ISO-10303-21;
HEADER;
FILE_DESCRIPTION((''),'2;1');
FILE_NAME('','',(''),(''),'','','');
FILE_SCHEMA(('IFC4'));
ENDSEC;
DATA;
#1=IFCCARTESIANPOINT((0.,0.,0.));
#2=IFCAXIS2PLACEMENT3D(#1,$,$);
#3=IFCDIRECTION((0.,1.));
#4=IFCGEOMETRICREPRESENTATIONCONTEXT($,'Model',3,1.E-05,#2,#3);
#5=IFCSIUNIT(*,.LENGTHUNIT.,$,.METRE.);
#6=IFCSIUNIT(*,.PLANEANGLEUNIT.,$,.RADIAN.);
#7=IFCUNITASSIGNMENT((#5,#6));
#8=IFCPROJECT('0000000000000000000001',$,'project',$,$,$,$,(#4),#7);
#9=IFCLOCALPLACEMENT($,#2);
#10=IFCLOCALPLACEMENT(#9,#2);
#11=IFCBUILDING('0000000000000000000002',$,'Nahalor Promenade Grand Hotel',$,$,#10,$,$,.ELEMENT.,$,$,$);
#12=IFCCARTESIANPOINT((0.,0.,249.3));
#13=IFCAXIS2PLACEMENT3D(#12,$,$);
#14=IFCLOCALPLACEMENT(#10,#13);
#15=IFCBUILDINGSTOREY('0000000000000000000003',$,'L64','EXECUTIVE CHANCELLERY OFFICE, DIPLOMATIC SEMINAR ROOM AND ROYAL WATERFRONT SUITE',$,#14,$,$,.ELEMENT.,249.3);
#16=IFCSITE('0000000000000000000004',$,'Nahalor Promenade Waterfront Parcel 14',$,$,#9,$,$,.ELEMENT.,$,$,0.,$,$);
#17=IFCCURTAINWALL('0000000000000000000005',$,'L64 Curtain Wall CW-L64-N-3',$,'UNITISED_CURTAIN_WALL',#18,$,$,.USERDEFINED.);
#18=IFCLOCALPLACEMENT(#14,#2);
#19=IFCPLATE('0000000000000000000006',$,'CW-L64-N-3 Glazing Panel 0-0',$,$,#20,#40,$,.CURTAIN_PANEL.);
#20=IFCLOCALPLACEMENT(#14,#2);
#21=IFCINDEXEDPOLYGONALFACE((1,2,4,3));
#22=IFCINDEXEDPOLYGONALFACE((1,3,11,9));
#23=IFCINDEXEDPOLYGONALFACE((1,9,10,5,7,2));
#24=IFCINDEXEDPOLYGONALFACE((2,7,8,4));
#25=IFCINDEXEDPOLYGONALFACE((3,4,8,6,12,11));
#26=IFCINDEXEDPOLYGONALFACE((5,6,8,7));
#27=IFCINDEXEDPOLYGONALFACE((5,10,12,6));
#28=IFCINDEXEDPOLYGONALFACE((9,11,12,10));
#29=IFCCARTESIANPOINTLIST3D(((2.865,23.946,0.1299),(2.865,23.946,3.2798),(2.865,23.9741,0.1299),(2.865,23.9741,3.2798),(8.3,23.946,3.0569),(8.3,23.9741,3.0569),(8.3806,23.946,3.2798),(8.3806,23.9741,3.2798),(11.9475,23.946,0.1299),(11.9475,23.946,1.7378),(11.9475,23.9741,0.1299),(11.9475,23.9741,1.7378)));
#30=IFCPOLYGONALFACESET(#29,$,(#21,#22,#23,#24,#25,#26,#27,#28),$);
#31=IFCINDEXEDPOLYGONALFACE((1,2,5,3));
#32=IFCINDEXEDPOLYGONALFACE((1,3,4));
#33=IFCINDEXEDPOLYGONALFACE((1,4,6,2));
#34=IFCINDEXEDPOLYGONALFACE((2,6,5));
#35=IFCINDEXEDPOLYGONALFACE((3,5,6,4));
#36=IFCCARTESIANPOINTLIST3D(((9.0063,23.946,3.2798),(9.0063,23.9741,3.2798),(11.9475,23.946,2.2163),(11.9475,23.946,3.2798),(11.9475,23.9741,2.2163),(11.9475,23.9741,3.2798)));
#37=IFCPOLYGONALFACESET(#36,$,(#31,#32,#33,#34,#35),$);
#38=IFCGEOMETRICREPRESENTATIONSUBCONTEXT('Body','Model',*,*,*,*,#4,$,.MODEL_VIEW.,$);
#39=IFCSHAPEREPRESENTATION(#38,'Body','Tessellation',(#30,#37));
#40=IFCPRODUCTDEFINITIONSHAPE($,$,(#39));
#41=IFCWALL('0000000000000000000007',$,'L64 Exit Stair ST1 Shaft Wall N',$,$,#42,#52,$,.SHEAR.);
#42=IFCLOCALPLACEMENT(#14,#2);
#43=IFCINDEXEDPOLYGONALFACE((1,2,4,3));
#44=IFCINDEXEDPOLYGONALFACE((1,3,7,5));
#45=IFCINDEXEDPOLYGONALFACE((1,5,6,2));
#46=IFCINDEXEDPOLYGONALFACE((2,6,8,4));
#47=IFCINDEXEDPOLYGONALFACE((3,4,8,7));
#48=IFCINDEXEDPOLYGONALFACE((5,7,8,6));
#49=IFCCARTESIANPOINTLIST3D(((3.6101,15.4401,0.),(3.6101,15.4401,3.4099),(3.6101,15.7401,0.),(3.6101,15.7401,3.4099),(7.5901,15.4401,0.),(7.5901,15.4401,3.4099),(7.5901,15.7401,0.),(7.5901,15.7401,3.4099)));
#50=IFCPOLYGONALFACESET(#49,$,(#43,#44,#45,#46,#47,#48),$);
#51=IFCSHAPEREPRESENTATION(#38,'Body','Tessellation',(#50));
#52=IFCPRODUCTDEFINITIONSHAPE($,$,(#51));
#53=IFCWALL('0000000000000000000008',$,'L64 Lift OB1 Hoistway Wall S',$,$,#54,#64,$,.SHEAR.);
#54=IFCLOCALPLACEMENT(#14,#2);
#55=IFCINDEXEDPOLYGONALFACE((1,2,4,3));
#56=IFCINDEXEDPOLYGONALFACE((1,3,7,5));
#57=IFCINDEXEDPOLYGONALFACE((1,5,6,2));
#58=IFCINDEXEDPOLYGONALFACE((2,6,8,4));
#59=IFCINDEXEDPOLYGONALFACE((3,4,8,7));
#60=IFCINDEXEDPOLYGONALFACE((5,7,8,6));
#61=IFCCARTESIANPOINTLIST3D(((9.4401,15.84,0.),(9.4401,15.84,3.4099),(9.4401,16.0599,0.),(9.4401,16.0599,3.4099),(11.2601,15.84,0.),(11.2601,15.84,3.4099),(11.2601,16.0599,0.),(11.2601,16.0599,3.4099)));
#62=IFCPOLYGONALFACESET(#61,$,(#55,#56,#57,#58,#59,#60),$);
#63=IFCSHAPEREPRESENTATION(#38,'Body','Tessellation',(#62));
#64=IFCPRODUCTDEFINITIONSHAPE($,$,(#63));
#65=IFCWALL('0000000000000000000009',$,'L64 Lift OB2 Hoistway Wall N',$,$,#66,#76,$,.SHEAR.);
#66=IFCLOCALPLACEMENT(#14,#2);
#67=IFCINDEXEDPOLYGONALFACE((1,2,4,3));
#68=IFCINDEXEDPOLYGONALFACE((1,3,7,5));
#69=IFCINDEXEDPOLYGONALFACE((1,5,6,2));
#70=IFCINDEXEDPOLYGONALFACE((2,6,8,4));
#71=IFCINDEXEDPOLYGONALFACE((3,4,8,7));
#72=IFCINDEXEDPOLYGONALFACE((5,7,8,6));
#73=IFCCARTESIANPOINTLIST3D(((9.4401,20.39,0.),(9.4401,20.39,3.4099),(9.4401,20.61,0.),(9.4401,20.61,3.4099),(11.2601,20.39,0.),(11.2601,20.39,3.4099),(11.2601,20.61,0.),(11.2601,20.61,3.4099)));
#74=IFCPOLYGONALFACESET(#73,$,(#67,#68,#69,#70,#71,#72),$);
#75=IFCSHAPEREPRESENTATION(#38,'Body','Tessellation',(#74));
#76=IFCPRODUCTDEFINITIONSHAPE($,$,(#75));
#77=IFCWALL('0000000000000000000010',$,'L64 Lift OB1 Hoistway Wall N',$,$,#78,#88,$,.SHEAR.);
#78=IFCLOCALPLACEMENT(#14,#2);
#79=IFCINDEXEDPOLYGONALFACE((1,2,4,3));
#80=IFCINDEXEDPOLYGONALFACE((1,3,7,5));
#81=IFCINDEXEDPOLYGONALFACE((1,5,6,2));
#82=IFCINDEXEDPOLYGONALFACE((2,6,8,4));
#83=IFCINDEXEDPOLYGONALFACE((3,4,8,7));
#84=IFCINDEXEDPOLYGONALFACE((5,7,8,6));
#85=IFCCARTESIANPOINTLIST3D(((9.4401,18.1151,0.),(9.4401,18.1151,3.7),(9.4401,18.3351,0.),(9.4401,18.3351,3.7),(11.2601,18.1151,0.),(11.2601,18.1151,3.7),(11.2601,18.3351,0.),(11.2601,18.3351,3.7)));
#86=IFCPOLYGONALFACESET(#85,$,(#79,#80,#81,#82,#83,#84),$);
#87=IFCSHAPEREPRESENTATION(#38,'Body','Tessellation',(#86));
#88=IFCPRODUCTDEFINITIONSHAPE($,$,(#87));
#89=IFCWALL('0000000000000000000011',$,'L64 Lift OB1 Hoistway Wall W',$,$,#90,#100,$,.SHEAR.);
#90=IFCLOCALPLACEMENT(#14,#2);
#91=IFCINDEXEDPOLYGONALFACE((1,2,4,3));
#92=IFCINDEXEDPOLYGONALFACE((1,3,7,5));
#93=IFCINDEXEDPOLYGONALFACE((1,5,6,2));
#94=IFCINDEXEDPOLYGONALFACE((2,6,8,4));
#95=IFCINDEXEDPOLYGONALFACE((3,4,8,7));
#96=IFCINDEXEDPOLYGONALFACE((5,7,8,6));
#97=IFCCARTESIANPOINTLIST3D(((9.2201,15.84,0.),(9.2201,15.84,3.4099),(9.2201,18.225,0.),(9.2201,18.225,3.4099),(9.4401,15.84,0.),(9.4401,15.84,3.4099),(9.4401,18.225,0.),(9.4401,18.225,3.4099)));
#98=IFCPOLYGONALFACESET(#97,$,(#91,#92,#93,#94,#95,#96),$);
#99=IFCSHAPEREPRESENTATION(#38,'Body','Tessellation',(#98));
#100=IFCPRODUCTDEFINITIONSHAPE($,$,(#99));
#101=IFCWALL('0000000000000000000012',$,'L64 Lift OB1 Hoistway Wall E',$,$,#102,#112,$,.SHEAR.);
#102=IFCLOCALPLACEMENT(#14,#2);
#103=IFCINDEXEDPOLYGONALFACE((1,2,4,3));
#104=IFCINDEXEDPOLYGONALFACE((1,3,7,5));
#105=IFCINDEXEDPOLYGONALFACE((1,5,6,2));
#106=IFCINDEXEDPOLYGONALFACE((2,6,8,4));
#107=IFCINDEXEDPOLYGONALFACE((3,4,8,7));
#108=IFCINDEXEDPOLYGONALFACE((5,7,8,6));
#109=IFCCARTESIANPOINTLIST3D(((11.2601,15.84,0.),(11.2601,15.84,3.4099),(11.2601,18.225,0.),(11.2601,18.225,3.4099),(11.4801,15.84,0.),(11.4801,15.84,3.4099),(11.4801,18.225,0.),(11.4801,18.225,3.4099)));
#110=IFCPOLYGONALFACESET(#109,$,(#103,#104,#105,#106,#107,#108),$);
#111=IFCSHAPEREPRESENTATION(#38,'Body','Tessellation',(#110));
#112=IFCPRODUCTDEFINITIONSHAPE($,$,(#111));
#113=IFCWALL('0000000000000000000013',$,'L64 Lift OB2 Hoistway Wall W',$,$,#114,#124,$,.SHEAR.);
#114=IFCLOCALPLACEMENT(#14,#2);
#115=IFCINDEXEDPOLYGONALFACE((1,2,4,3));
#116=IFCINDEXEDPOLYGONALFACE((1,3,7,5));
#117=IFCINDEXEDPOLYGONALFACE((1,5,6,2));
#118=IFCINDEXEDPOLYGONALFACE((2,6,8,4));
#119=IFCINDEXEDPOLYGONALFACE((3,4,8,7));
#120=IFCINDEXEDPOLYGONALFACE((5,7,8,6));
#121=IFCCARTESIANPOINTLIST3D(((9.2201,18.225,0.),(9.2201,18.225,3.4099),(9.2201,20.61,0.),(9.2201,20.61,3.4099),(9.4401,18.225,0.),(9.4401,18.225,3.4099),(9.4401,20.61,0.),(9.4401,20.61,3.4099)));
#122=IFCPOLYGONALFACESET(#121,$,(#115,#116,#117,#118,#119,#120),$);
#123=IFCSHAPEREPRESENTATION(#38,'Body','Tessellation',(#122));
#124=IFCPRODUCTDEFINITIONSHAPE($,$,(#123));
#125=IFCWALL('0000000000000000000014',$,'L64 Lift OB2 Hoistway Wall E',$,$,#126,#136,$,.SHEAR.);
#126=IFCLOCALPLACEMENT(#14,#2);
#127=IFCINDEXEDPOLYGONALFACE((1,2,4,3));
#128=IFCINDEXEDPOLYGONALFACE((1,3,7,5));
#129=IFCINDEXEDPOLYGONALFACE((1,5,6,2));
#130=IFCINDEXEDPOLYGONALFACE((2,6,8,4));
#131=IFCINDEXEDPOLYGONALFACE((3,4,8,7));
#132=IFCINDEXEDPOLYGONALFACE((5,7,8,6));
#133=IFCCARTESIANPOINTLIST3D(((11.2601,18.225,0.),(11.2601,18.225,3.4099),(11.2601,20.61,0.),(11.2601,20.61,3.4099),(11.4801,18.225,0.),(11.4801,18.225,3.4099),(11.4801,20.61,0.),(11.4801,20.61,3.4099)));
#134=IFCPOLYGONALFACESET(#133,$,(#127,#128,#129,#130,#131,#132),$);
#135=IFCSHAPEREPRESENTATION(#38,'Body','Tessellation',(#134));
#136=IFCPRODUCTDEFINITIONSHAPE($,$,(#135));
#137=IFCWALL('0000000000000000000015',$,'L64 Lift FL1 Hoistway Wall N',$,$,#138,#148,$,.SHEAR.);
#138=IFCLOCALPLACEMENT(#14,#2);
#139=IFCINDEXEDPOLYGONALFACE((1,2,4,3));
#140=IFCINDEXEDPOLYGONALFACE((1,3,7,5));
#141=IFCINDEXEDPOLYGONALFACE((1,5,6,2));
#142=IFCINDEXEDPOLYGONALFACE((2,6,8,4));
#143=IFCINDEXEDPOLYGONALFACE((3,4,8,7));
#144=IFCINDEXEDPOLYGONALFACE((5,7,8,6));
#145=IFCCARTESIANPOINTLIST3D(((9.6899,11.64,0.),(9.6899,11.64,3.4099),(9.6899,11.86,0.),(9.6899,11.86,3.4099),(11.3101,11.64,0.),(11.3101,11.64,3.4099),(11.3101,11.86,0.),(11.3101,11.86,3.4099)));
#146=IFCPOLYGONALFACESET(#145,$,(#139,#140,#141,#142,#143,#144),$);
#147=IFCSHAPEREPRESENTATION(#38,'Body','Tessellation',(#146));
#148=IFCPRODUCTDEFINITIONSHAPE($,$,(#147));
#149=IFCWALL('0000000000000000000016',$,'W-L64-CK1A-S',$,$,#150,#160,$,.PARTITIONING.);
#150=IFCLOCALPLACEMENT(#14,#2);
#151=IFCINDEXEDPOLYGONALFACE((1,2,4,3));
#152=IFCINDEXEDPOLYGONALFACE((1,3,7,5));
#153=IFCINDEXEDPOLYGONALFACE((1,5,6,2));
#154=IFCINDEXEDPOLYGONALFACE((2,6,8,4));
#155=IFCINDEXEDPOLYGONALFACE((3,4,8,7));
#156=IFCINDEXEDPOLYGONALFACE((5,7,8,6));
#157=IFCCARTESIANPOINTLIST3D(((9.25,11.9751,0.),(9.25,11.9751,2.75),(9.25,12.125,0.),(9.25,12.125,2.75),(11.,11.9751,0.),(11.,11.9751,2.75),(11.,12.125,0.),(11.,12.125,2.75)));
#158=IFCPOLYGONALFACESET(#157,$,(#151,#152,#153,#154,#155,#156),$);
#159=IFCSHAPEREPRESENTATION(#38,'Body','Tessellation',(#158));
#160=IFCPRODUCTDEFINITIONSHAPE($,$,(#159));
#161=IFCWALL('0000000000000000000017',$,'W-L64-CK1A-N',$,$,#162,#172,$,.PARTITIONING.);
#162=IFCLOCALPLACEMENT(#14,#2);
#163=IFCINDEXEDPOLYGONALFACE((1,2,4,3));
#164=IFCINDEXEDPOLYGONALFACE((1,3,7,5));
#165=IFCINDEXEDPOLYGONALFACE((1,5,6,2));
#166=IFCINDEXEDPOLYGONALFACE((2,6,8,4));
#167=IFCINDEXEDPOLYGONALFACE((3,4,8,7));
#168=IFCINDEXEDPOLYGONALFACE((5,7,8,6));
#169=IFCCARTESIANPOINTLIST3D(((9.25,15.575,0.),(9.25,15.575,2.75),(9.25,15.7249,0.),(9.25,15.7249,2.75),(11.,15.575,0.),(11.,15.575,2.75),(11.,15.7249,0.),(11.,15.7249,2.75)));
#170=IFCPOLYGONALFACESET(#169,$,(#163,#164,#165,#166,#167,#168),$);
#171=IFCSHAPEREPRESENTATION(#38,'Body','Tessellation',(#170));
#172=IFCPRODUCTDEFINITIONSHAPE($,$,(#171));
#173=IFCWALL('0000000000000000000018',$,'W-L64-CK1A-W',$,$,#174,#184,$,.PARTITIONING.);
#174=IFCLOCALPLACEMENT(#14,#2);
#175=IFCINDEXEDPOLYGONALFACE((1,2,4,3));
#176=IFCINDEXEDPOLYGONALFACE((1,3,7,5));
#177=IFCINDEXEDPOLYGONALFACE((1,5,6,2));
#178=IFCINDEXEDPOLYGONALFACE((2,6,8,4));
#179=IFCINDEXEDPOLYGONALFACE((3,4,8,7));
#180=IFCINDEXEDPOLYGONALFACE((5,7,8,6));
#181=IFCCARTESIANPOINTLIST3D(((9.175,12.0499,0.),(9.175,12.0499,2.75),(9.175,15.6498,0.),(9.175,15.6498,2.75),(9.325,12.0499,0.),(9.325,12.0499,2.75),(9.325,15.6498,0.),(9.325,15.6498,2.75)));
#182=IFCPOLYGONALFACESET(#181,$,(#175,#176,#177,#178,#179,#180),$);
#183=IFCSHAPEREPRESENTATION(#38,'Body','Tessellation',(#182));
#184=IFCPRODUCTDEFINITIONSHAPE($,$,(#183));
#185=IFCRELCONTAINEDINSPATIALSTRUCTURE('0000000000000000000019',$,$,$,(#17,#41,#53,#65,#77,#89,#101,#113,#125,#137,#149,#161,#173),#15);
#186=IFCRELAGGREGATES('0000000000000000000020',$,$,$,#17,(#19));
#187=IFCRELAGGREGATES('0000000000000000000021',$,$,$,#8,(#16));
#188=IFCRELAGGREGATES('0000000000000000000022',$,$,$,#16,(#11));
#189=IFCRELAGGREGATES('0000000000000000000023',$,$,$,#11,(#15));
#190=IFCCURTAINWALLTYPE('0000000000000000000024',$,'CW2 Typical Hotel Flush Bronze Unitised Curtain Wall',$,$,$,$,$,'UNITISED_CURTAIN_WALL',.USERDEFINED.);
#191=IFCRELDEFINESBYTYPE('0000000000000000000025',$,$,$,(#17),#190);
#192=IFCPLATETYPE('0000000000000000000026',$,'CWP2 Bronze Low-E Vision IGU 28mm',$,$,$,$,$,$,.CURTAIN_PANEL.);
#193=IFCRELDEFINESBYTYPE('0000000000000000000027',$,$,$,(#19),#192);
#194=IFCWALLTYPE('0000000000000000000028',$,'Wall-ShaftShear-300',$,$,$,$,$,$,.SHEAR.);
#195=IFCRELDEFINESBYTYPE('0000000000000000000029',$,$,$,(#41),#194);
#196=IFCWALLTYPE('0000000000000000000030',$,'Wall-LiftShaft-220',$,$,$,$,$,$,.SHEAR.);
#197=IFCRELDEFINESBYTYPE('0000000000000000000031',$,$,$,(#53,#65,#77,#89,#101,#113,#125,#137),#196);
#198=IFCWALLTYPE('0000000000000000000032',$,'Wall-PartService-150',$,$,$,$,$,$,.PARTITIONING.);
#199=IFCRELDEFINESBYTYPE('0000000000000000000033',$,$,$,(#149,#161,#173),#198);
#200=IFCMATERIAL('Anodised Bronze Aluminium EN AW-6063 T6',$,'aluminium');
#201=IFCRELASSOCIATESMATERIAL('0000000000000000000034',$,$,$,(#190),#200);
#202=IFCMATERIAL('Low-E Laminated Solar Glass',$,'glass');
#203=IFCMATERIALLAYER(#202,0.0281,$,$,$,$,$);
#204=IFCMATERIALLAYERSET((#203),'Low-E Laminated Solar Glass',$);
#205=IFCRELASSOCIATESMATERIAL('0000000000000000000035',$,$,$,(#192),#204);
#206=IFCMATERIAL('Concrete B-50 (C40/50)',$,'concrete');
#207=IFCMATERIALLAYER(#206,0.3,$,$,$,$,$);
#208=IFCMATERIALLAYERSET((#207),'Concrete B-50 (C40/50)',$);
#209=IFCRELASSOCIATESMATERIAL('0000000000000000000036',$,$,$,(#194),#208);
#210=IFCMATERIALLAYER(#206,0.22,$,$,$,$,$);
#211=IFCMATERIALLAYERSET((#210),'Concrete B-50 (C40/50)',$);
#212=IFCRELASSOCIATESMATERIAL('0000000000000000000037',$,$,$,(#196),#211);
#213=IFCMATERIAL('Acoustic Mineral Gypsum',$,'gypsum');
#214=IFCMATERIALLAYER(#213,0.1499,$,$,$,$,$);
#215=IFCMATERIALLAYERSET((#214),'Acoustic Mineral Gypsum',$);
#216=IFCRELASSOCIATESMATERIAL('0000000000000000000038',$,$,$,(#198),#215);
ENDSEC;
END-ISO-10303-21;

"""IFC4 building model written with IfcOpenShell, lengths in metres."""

from ifc_helpers import new_model, si_unit, direction, frame, frame_2d, origin, place, context, subcontext, project, spatial, polyline, rectangle, outline, extrude, source, transform, mapped, material, layer, layer_set, type_object, element, aggregate, save


model = new_model("IFC4")

# Units and contexts
model_context = context("Model", 3, precision=1e-05, world=origin(), true_north=direction((0.0, 1.0)))
body_context = subcontext(model_context, "Body", "Model", "MODEL_VIEW")
ifc_project = project(units=[si_unit("LENGTHUNIT", "METRE"), si_unit("PLANEANGLEUNIT", "RADIAN")], contexts=[model_context])

# Site, building, storey
site_placement = place(None, origin())
site = spatial("IfcSite", under=ifc_project, at=site_placement, Name="Nahalor Promenade Waterfront Parcel 14", CompositionType="ELEMENT", RefElevation=0.0)
building_placement = place(site_placement, origin())
building = spatial("IfcBuilding", under=site, at=building_placement, Name="Nahalor Promenade Grand Hotel", CompositionType="ELEMENT")
storey_placement = place(building_placement, frame((0.0, 0.0, 249.3)))
storey = spatial("IfcBuildingStorey", under=building, at=storey_placement, Name="L64", Description="EXECUTIVE CHANCELLERY OFFICE, DIPLOMATIC SEMINAR ROOM AND ROYAL WATERFRONT SUITE", CompositionType="ELEMENT", Elevation=249.3)

# Curtain wall, plate
ifc_material_1 = material(Name="Anodised Bronze Aluminium EN AW-6063 T6", Category="aluminium")
curtain_wall_type = type_object("IfcCurtainWallType", Name="CW2 Typical Hotel Flush Bronze Unitised Curtain Wall", ElementType="UNITISED_CURTAIN_WALL", PredefinedType="USERDEFINED", material=ifc_material_1)
curtain_wall_placement = place(storey_placement, origin())
curtain_wall = element("IfcCurtainWall", 1, at=curtain_wall_placement, inside=storey, type_object=curtain_wall_type, Name="L64 Curtain Wall CW-L64-N-3", ObjectType="UNITISED_CURTAIN_WALL", PredefinedType="USERDEFINED")
ifc_material_2 = material(Name="Low-E Laminated Solar Glass", Category="glass")
ifc_layer_1 = layer(ifc_material_2, 0.0281)
ifc_layer_set_1 = layer_set([ifc_layer_1], Name="Low-E Laminated Solar Glass")
plate_type = type_object("IfcPlateType", Name="CWP2 Bronze Low-E Vision IGU 28mm", PredefinedType="CURTAIN_PANEL", material=ifc_layer_set_1)
plate_placement = place(storey_placement, frame((7.4062, 23.96, 0.1299), z_axis=(0.0, 0.0, 1.0), x_axis=(1.0, 0.0, 0.0)))
plate = element("IfcPlate", 2, at=plate_placement, type_object=plate_type, Name="CW-L64-N-3 Glazing Panel 0-0", PredefinedType="CURTAIN_PANEL", context=body_context, shape_type="SweptSolid", body=[
    extrude(outline(polyline([(-4.5413, 0.0), (4.5413, 0.0), (4.5413, 1.6079), (0.8938, 2.927), (0.9744, 3.1499), (-4.5413, 3.1499), (-4.5413, 0.0)])), frame((0.0, 0.0142, 0.0), z_axis=(0.0, -1.0, 0.0), x_axis=(1.0, 0.0, 0.0)), (0.0, 0.0, 1.0), 0.0281),
    extrude(outline(polyline([(4.5413, 2.0864), (4.5413, 3.1499), (1.6001, 3.1499), (4.5413, 2.0864)])), frame((0.0, 0.0142, 0.0), z_axis=(0.0, -1.0, 0.0), x_axis=(1.0, 0.0, 0.0)), (0.0, 0.0, 1.0), 0.0281),
])
aggregate(curtain_wall, [plate])

# Walls
ifc_material_3 = material(Name="Concrete B-50 (C40/50)", Category="concrete")
ifc_layer_2 = layer(ifc_material_3, 0.3)
ifc_layer_set_2 = layer_set([ifc_layer_2], Name="Concrete B-50 (C40/50)")
wall_type_1 = type_object("IfcWallType", Name="Wall-ShaftShear-300", PredefinedType="SHEAR", material=ifc_layer_set_2)
shared_shape_1 = source(origin(), body_context, "Body", "SweptSolid", [
    extrude(rectangle(XDim=3.98, YDim=0.3, at=frame_2d((1.99, 0.0))), origin(), (0.0, 0.0, 1.0), 3.4099),
])
wall_1_placement = place(storey_placement, frame((3.6101, 15.5901, 0.0), z_axis=(0.0, 0.0, 1.0), x_axis=(1.0, 0.0, 0.0)))
element("IfcWall", 3, at=wall_1_placement, inside=storey, type_object=wall_type_1, Name="L64 Exit Stair ST1 Shaft Wall N", PredefinedType="SHEAR", context=body_context, shape_type="MappedRepresentation", body=[
    mapped(shared_shape_1, transform((0.0, 0.0, 0.0), scale=1.0)),
])
ifc_layer_3 = layer(ifc_material_3, 0.22)
ifc_layer_set_3 = layer_set([ifc_layer_3], Name="Concrete B-50 (C40/50)")
wall_type_2 = type_object("IfcWallType", Name="Wall-LiftShaft-220", PredefinedType="SHEAR", material=ifc_layer_set_3)
shared_shape_2 = source(origin(), body_context, "Body", "SweptSolid", [
    extrude(rectangle(XDim=1.8201, YDim=0.22, at=frame_2d((0.9102, 0.0))), origin(), (0.0, 0.0, 1.0), 3.4099),
])
for number, where, z_axis, x_axis, name in (
    (4, (9.4399, 15.95, 0.0), (0.0, 0.0, 1.0), (1.0, 0.0, 0.0), "L64 Lift OB1 Hoistway Wall S"),
    (5, (9.4399, 20.5, 0.0), (0.0, 0.0, 1.0), (1.0, 0.0, 0.0), "L64 Lift OB2 Hoistway Wall N"),
):
    element("IfcWall", number, at=place(storey_placement, frame(where, z_axis=z_axis, x_axis=x_axis)), inside=storey, type_object=wall_type_2, Name=name, PredefinedType="SHEAR", context=body_context, shape_type="MappedRepresentation", body=[
        mapped(shared_shape_2, transform((0.0, 0.0, 0.0), scale=1.0)),
    ])
shared_shape_3 = source(origin(), body_context, "Body", "SweptSolid", [
    extrude(rectangle(XDim=1.8201, YDim=0.22, at=frame_2d((0.9102, 0.0))), origin(), (0.0, 0.0, 1.0), 3.7),
])
wall_2_placement = place(storey_placement, frame((9.4399, 18.2251, 0.0), z_axis=(0.0, 0.0, 1.0), x_axis=(1.0, 0.0, 0.0)))
element("IfcWall", 6, at=wall_2_placement, inside=storey, type_object=wall_type_2, Name="L64 Lift OB1 Hoistway Wall N", PredefinedType="SHEAR", context=body_context, shape_type="MappedRepresentation", body=[
    mapped(shared_shape_3, transform((0.0, 0.0, 0.0), scale=1.0)),
])
shared_shape_4 = source(origin(), body_context, "Body", "SweptSolid", [
    extrude(rectangle(XDim=2.385, YDim=0.22, at=frame_2d((1.1924, 0.0))), origin(), (0.0, 0.0, 1.0), 3.4099),
])
for number, where, z_axis, x_axis, name in (
    (7, (9.3301, 15.8401, 0.0), (0.0, 0.0, 1.0), (0.0, 1.0, 0.0), "L64 Lift OB1 Hoistway Wall W"),
    (8, (11.3701, 15.8401, 0.0), (0.0, 0.0, 1.0), (0.0, 1.0, 0.0), "L64 Lift OB1 Hoistway Wall E"),
    (9, (9.3301, 18.2251, 0.0), (0.0, 0.0, 1.0), (0.0, 1.0, 0.0), "L64 Lift OB2 Hoistway Wall W"),
    (10, (11.3701, 18.2251, 0.0), (0.0, 0.0, 1.0), (0.0, 1.0, 0.0), "L64 Lift OB2 Hoistway Wall E"),
):
    element("IfcWall", number, at=place(storey_placement, frame(where, z_axis=z_axis, x_axis=x_axis)), inside=storey, type_object=wall_type_2, Name=name, PredefinedType="SHEAR", context=body_context, shape_type="MappedRepresentation", body=[
        mapped(shared_shape_4, transform((0.0, 0.0, 0.0), scale=1.0)),
    ])
shared_shape_5 = source(origin(), body_context, "Body", "SweptSolid", [
    extrude(rectangle(XDim=1.6201, YDim=0.22, at=frame_2d((0.8101, 0.0))), origin(), (0.0, 0.0, 1.0), 3.4099),
])
wall_3_placement = place(storey_placement, frame((9.6899, 11.75, 0.0), z_axis=(0.0, 0.0, 1.0), x_axis=(1.0, 0.0, 0.0)))
element("IfcWall", 11, at=wall_3_placement, inside=storey, type_object=wall_type_2, Name="L64 Lift FL1 Hoistway Wall N", PredefinedType="SHEAR", context=body_context, shape_type="MappedRepresentation", body=[
    mapped(shared_shape_5, transform((0.0, 0.0, 0.0), scale=1.0)),
])
ifc_material_4 = material(Name="Acoustic Mineral Gypsum", Category="gypsum")
ifc_layer_4 = layer(ifc_material_4, 0.1499)
ifc_layer_set_4 = layer_set([ifc_layer_4], Name="Acoustic Mineral Gypsum")
wall_type_3 = type_object("IfcWallType", Name="Wall-PartService-150", PredefinedType="PARTITIONING", material=ifc_layer_set_4)
shared_shape_6 = source(origin(), body_context, "Body", "SweptSolid", [
    extrude(rectangle(XDim=1.75, YDim=0.1499, at=frame_2d((0.875, 0.0))), origin(), (0.0, 0.0, 1.0), 2.75),
])
for number, where, z_axis, x_axis, name in (
    (12, (9.25, 12.05, 0.0), (0.0, 0.0, 1.0), (1.0, 0.0, 0.0), "W-L64-CK1A-S"),
    (13, (9.25, 15.6499, 0.0), (0.0, 0.0, 1.0), (1.0, 0.0, 0.0), "W-L64-CK1A-N"),
):
    element("IfcWall", number, at=place(storey_placement, frame(where, z_axis=z_axis, x_axis=x_axis)), inside=storey, type_object=wall_type_3, Name=name, PredefinedType="PARTITIONING", context=body_context, shape_type="MappedRepresentation", body=[
        mapped(shared_shape_6, transform((0.0, 0.0, 0.0), scale=1.0)),
    ])
shared_shape_7 = source(origin(), body_context, "Body", "SweptSolid", [
    extrude(rectangle(XDim=3.5999, YDim=0.1499, at=frame_2d((1.7998, 0.0))), origin(), (0.0, 0.0, 1.0), 2.75),
])
wall_4_placement = place(storey_placement, frame((9.25, 12.05, 0.0), z_axis=(0.0, 0.0, 1.0), x_axis=(0.0, 1.0, 0.0)))
element("IfcWall", 14, at=wall_4_placement, inside=storey, type_object=wall_type_3, Name="W-L64-CK1A-W", PredefinedType="PARTITIONING", context=body_context, shape_type="MappedRepresentation", body=[
    mapped(shared_shape_7, transform((0.0, 0.0, 0.0), scale=1.0)),
])

save(model, "model.ifc")
